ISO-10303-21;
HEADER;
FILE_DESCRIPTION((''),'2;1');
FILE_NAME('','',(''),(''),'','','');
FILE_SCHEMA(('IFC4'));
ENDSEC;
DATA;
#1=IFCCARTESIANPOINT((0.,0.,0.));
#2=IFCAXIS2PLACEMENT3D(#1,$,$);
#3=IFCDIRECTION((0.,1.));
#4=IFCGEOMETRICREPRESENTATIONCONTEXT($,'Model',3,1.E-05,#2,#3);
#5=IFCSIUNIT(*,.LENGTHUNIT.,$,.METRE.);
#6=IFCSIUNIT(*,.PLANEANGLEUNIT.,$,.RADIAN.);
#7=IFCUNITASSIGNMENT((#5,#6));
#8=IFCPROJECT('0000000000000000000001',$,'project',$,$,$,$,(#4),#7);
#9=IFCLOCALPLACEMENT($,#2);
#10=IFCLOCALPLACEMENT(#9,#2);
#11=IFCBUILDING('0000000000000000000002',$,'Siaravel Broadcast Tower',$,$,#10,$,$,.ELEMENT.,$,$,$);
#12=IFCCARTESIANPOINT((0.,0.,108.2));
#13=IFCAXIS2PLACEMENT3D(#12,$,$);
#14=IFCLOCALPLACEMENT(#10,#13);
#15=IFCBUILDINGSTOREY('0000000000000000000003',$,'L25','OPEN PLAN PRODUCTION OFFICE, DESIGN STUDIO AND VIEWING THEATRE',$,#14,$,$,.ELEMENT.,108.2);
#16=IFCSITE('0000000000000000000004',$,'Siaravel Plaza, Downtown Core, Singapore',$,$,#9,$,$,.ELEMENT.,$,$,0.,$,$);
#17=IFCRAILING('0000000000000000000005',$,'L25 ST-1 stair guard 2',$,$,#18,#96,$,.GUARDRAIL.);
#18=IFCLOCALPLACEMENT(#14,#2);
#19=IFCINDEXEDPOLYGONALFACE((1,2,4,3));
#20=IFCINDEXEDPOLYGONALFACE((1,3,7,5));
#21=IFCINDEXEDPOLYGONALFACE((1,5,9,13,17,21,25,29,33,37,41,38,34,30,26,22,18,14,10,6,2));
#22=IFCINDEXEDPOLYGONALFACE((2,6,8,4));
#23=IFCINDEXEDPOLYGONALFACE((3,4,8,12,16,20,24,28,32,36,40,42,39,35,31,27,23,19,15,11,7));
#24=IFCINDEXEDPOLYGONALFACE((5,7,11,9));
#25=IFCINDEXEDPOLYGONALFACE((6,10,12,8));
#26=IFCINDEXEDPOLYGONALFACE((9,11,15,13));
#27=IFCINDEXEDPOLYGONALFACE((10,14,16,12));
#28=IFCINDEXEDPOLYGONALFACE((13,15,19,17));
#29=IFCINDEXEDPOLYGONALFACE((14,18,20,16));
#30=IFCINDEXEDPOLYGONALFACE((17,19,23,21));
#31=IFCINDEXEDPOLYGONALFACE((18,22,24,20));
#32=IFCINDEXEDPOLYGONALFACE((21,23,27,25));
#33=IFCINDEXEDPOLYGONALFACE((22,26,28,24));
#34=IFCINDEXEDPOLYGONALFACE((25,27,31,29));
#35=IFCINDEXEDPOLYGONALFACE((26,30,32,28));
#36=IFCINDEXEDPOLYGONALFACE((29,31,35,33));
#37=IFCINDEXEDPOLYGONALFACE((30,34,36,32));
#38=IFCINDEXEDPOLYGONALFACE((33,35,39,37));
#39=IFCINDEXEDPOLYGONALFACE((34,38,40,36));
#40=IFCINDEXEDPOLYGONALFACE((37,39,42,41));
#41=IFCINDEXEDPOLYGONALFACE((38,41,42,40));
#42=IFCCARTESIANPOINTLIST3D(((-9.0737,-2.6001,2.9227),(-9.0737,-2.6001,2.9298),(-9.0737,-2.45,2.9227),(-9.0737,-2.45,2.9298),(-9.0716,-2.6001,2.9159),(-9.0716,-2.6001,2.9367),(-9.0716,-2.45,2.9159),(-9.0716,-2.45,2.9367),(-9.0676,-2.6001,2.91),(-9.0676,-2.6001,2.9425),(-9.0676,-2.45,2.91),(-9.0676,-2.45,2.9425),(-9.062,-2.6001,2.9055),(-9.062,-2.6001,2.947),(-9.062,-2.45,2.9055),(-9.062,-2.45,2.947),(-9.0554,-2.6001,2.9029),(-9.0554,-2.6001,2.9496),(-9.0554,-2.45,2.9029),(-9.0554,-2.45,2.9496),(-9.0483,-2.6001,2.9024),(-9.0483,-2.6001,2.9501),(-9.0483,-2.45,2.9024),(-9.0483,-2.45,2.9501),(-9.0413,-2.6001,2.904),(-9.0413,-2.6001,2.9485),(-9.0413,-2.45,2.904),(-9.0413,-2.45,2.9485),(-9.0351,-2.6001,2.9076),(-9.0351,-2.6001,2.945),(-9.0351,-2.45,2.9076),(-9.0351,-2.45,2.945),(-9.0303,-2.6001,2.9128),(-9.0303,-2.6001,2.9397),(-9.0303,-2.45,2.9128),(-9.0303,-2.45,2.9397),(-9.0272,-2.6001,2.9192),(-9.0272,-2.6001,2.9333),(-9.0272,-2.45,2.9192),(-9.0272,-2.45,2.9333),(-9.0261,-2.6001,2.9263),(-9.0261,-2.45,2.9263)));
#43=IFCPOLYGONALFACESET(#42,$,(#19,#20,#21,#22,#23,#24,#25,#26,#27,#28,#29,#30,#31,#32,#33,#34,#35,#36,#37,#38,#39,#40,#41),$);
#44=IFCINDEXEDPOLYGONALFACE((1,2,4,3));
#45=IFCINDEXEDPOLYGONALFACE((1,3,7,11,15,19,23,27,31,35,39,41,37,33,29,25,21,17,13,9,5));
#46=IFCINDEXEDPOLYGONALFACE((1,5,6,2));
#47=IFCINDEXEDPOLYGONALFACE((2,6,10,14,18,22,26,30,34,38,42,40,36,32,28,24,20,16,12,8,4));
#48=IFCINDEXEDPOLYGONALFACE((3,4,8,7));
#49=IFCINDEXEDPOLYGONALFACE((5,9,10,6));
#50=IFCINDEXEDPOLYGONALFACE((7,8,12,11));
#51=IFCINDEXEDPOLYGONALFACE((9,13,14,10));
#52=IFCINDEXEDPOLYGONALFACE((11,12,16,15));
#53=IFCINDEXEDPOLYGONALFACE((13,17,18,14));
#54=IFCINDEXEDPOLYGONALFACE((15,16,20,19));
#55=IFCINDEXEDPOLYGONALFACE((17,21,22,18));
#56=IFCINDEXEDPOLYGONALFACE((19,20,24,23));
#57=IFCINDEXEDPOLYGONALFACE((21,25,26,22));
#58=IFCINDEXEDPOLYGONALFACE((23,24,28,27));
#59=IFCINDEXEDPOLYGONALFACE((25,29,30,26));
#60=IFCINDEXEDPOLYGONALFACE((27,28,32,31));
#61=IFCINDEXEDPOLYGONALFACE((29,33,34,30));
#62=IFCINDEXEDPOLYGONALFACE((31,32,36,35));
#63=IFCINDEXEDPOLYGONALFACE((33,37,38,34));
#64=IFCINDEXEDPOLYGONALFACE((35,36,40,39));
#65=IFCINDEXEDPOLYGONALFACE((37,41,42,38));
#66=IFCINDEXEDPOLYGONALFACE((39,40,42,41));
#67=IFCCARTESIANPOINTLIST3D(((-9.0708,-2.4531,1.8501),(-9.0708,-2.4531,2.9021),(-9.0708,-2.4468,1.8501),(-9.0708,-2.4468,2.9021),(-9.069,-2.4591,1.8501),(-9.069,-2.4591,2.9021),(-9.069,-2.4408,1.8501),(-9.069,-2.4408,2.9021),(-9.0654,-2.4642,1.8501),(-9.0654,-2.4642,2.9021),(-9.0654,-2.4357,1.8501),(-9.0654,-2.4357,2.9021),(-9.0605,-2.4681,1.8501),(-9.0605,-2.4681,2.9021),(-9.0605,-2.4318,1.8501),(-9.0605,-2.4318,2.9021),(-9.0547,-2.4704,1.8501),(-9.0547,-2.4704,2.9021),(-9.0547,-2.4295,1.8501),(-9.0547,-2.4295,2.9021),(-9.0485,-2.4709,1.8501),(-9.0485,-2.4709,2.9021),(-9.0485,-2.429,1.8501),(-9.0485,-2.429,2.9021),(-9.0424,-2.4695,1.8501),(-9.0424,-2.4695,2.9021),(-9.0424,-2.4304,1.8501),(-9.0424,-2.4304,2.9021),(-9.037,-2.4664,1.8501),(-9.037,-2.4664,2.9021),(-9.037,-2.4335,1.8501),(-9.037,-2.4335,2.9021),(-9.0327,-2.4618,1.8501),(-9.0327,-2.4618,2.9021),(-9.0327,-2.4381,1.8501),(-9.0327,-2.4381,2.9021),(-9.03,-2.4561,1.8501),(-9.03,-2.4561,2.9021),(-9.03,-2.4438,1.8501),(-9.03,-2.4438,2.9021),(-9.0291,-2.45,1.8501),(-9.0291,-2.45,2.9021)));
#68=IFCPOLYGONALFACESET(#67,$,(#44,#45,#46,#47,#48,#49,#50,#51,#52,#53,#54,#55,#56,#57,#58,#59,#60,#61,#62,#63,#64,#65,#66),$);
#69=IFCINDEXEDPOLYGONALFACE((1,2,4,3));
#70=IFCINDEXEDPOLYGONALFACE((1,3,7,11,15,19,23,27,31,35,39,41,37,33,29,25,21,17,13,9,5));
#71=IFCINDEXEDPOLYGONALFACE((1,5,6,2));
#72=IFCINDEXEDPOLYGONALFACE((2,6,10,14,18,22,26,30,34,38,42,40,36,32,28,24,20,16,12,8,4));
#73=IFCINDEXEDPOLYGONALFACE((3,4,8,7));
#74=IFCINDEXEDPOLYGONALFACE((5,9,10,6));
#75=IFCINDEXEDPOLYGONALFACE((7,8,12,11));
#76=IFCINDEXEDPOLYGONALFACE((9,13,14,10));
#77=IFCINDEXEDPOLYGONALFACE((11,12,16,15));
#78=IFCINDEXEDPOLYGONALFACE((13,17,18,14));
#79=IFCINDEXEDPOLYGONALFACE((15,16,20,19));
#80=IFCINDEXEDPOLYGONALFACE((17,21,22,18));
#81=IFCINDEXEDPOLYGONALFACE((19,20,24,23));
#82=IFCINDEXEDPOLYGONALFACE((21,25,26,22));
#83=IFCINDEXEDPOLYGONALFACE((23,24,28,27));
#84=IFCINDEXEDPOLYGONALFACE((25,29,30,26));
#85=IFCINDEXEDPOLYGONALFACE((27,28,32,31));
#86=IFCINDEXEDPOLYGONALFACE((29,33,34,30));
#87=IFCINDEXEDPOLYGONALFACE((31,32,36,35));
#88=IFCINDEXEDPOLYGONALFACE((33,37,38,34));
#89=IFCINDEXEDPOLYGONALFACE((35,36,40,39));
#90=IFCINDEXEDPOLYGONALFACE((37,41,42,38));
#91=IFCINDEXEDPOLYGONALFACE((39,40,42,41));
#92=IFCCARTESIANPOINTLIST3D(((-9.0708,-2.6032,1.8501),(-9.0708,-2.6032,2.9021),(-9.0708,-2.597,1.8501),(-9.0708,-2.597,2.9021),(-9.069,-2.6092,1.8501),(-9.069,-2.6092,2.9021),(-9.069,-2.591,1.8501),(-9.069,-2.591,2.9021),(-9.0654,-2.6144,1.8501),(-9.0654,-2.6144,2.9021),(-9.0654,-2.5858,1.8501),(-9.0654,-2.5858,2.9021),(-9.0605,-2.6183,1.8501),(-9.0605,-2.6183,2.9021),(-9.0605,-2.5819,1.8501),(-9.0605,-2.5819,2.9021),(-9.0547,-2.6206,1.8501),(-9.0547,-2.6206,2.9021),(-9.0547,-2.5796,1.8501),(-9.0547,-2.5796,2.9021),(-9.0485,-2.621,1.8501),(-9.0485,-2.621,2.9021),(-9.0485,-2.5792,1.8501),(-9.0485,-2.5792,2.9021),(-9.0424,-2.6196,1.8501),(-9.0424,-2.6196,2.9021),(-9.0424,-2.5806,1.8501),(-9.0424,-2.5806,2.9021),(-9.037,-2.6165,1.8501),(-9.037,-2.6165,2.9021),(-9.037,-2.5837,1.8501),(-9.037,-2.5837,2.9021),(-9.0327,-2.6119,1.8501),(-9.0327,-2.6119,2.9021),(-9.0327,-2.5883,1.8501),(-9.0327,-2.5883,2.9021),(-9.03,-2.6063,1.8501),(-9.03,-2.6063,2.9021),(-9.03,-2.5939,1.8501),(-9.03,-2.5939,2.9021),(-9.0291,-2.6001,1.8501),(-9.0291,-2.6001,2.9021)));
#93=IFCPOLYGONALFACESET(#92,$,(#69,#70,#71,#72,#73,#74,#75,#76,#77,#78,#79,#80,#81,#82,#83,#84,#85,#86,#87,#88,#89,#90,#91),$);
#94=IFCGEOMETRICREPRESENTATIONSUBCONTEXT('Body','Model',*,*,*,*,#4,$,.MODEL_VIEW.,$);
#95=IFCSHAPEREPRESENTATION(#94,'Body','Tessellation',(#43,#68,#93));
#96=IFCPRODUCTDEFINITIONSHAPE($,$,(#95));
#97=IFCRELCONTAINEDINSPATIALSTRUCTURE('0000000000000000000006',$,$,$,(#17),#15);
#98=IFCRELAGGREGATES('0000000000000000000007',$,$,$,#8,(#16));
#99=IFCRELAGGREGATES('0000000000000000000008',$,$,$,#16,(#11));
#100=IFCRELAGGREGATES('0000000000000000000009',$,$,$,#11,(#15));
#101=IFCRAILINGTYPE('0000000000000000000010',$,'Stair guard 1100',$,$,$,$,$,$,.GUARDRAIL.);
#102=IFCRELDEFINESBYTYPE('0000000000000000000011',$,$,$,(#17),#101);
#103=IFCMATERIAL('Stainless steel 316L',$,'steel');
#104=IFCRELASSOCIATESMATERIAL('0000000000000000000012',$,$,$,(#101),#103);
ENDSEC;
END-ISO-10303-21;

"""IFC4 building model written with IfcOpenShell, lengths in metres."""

from ifc_helpers import new_model, si_unit, direction, frame, origin, origin_2d, place, context, subcontext, project, spatial, circle, extrude, material, type_object, element, save


model = new_model("IFC4")

# Units and contexts
model_context = context("Model", 3, precision=1e-05, world=origin(), true_north=direction((0.0, 1.0)))
body_context = subcontext(model_context, "Body", "Model", "MODEL_VIEW")
ifc_project = project(units=[si_unit("LENGTHUNIT", "METRE"), si_unit("PLANEANGLEUNIT", "RADIAN")], contexts=[model_context])

# Site, building, storey
site_placement = place(None, origin())
site = spatial("IfcSite", under=ifc_project, at=site_placement, Name="Siaravel Plaza, Downtown Core, Singapore", CompositionType="ELEMENT", RefElevation=0.0)
building_placement = place(site_placement, origin())
building = spatial("IfcBuilding", under=site, at=building_placement, Name="Siaravel Broadcast Tower", CompositionType="ELEMENT")
storey_placement = place(building_placement, frame((0.0, 0.0, 108.2)))
storey = spatial("IfcBuildingStorey", under=building, at=storey_placement, Name="L25", Description="OPEN PLAN PRODUCTION OFFICE, DESIGN STUDIO AND VIEWING THEATRE", CompositionType="ELEMENT", Elevation=108.2)

# Shared definitions
ifc_material_1 = material(Name="Stainless steel 316L", Category="steel")

# Railing
railing_type_1 = type_object("IfcRailingType", Name="Stair guard 1100", PredefinedType="GUARDRAIL", material=ifc_material_1)
railing_1_placement = place(storey_placement, frame((-9.05, -2.45, 1.8501)))
element("IfcRailing", 1, at=railing_1_placement, inside=storey, type_object=railing_type_1, Name="L25 ST-1 stair guard 2", PredefinedType="GUARDRAIL", context=body_context, shape_type="SweptSolid", body=[
    extrude(circle(Radius=0.0239, at=origin_2d()), frame((0.0, 0.0, 1.0762), z_axis=(0.0, -1.0, 0.0), x_axis=(1.0, 0.0, 0.0)), (0.0, 0.0, 1.0), 0.1501),
    extrude(circle(Radius=0.021, at=origin_2d()), origin(), (0.0, 0.0, 1.0), 1.052),
    extrude(circle(Radius=0.021, at=origin_2d()), frame((0.0, -0.1501, 0.0)), (0.0, 0.0, 1.0), 1.052),
])

save(model, "model.ifc")
